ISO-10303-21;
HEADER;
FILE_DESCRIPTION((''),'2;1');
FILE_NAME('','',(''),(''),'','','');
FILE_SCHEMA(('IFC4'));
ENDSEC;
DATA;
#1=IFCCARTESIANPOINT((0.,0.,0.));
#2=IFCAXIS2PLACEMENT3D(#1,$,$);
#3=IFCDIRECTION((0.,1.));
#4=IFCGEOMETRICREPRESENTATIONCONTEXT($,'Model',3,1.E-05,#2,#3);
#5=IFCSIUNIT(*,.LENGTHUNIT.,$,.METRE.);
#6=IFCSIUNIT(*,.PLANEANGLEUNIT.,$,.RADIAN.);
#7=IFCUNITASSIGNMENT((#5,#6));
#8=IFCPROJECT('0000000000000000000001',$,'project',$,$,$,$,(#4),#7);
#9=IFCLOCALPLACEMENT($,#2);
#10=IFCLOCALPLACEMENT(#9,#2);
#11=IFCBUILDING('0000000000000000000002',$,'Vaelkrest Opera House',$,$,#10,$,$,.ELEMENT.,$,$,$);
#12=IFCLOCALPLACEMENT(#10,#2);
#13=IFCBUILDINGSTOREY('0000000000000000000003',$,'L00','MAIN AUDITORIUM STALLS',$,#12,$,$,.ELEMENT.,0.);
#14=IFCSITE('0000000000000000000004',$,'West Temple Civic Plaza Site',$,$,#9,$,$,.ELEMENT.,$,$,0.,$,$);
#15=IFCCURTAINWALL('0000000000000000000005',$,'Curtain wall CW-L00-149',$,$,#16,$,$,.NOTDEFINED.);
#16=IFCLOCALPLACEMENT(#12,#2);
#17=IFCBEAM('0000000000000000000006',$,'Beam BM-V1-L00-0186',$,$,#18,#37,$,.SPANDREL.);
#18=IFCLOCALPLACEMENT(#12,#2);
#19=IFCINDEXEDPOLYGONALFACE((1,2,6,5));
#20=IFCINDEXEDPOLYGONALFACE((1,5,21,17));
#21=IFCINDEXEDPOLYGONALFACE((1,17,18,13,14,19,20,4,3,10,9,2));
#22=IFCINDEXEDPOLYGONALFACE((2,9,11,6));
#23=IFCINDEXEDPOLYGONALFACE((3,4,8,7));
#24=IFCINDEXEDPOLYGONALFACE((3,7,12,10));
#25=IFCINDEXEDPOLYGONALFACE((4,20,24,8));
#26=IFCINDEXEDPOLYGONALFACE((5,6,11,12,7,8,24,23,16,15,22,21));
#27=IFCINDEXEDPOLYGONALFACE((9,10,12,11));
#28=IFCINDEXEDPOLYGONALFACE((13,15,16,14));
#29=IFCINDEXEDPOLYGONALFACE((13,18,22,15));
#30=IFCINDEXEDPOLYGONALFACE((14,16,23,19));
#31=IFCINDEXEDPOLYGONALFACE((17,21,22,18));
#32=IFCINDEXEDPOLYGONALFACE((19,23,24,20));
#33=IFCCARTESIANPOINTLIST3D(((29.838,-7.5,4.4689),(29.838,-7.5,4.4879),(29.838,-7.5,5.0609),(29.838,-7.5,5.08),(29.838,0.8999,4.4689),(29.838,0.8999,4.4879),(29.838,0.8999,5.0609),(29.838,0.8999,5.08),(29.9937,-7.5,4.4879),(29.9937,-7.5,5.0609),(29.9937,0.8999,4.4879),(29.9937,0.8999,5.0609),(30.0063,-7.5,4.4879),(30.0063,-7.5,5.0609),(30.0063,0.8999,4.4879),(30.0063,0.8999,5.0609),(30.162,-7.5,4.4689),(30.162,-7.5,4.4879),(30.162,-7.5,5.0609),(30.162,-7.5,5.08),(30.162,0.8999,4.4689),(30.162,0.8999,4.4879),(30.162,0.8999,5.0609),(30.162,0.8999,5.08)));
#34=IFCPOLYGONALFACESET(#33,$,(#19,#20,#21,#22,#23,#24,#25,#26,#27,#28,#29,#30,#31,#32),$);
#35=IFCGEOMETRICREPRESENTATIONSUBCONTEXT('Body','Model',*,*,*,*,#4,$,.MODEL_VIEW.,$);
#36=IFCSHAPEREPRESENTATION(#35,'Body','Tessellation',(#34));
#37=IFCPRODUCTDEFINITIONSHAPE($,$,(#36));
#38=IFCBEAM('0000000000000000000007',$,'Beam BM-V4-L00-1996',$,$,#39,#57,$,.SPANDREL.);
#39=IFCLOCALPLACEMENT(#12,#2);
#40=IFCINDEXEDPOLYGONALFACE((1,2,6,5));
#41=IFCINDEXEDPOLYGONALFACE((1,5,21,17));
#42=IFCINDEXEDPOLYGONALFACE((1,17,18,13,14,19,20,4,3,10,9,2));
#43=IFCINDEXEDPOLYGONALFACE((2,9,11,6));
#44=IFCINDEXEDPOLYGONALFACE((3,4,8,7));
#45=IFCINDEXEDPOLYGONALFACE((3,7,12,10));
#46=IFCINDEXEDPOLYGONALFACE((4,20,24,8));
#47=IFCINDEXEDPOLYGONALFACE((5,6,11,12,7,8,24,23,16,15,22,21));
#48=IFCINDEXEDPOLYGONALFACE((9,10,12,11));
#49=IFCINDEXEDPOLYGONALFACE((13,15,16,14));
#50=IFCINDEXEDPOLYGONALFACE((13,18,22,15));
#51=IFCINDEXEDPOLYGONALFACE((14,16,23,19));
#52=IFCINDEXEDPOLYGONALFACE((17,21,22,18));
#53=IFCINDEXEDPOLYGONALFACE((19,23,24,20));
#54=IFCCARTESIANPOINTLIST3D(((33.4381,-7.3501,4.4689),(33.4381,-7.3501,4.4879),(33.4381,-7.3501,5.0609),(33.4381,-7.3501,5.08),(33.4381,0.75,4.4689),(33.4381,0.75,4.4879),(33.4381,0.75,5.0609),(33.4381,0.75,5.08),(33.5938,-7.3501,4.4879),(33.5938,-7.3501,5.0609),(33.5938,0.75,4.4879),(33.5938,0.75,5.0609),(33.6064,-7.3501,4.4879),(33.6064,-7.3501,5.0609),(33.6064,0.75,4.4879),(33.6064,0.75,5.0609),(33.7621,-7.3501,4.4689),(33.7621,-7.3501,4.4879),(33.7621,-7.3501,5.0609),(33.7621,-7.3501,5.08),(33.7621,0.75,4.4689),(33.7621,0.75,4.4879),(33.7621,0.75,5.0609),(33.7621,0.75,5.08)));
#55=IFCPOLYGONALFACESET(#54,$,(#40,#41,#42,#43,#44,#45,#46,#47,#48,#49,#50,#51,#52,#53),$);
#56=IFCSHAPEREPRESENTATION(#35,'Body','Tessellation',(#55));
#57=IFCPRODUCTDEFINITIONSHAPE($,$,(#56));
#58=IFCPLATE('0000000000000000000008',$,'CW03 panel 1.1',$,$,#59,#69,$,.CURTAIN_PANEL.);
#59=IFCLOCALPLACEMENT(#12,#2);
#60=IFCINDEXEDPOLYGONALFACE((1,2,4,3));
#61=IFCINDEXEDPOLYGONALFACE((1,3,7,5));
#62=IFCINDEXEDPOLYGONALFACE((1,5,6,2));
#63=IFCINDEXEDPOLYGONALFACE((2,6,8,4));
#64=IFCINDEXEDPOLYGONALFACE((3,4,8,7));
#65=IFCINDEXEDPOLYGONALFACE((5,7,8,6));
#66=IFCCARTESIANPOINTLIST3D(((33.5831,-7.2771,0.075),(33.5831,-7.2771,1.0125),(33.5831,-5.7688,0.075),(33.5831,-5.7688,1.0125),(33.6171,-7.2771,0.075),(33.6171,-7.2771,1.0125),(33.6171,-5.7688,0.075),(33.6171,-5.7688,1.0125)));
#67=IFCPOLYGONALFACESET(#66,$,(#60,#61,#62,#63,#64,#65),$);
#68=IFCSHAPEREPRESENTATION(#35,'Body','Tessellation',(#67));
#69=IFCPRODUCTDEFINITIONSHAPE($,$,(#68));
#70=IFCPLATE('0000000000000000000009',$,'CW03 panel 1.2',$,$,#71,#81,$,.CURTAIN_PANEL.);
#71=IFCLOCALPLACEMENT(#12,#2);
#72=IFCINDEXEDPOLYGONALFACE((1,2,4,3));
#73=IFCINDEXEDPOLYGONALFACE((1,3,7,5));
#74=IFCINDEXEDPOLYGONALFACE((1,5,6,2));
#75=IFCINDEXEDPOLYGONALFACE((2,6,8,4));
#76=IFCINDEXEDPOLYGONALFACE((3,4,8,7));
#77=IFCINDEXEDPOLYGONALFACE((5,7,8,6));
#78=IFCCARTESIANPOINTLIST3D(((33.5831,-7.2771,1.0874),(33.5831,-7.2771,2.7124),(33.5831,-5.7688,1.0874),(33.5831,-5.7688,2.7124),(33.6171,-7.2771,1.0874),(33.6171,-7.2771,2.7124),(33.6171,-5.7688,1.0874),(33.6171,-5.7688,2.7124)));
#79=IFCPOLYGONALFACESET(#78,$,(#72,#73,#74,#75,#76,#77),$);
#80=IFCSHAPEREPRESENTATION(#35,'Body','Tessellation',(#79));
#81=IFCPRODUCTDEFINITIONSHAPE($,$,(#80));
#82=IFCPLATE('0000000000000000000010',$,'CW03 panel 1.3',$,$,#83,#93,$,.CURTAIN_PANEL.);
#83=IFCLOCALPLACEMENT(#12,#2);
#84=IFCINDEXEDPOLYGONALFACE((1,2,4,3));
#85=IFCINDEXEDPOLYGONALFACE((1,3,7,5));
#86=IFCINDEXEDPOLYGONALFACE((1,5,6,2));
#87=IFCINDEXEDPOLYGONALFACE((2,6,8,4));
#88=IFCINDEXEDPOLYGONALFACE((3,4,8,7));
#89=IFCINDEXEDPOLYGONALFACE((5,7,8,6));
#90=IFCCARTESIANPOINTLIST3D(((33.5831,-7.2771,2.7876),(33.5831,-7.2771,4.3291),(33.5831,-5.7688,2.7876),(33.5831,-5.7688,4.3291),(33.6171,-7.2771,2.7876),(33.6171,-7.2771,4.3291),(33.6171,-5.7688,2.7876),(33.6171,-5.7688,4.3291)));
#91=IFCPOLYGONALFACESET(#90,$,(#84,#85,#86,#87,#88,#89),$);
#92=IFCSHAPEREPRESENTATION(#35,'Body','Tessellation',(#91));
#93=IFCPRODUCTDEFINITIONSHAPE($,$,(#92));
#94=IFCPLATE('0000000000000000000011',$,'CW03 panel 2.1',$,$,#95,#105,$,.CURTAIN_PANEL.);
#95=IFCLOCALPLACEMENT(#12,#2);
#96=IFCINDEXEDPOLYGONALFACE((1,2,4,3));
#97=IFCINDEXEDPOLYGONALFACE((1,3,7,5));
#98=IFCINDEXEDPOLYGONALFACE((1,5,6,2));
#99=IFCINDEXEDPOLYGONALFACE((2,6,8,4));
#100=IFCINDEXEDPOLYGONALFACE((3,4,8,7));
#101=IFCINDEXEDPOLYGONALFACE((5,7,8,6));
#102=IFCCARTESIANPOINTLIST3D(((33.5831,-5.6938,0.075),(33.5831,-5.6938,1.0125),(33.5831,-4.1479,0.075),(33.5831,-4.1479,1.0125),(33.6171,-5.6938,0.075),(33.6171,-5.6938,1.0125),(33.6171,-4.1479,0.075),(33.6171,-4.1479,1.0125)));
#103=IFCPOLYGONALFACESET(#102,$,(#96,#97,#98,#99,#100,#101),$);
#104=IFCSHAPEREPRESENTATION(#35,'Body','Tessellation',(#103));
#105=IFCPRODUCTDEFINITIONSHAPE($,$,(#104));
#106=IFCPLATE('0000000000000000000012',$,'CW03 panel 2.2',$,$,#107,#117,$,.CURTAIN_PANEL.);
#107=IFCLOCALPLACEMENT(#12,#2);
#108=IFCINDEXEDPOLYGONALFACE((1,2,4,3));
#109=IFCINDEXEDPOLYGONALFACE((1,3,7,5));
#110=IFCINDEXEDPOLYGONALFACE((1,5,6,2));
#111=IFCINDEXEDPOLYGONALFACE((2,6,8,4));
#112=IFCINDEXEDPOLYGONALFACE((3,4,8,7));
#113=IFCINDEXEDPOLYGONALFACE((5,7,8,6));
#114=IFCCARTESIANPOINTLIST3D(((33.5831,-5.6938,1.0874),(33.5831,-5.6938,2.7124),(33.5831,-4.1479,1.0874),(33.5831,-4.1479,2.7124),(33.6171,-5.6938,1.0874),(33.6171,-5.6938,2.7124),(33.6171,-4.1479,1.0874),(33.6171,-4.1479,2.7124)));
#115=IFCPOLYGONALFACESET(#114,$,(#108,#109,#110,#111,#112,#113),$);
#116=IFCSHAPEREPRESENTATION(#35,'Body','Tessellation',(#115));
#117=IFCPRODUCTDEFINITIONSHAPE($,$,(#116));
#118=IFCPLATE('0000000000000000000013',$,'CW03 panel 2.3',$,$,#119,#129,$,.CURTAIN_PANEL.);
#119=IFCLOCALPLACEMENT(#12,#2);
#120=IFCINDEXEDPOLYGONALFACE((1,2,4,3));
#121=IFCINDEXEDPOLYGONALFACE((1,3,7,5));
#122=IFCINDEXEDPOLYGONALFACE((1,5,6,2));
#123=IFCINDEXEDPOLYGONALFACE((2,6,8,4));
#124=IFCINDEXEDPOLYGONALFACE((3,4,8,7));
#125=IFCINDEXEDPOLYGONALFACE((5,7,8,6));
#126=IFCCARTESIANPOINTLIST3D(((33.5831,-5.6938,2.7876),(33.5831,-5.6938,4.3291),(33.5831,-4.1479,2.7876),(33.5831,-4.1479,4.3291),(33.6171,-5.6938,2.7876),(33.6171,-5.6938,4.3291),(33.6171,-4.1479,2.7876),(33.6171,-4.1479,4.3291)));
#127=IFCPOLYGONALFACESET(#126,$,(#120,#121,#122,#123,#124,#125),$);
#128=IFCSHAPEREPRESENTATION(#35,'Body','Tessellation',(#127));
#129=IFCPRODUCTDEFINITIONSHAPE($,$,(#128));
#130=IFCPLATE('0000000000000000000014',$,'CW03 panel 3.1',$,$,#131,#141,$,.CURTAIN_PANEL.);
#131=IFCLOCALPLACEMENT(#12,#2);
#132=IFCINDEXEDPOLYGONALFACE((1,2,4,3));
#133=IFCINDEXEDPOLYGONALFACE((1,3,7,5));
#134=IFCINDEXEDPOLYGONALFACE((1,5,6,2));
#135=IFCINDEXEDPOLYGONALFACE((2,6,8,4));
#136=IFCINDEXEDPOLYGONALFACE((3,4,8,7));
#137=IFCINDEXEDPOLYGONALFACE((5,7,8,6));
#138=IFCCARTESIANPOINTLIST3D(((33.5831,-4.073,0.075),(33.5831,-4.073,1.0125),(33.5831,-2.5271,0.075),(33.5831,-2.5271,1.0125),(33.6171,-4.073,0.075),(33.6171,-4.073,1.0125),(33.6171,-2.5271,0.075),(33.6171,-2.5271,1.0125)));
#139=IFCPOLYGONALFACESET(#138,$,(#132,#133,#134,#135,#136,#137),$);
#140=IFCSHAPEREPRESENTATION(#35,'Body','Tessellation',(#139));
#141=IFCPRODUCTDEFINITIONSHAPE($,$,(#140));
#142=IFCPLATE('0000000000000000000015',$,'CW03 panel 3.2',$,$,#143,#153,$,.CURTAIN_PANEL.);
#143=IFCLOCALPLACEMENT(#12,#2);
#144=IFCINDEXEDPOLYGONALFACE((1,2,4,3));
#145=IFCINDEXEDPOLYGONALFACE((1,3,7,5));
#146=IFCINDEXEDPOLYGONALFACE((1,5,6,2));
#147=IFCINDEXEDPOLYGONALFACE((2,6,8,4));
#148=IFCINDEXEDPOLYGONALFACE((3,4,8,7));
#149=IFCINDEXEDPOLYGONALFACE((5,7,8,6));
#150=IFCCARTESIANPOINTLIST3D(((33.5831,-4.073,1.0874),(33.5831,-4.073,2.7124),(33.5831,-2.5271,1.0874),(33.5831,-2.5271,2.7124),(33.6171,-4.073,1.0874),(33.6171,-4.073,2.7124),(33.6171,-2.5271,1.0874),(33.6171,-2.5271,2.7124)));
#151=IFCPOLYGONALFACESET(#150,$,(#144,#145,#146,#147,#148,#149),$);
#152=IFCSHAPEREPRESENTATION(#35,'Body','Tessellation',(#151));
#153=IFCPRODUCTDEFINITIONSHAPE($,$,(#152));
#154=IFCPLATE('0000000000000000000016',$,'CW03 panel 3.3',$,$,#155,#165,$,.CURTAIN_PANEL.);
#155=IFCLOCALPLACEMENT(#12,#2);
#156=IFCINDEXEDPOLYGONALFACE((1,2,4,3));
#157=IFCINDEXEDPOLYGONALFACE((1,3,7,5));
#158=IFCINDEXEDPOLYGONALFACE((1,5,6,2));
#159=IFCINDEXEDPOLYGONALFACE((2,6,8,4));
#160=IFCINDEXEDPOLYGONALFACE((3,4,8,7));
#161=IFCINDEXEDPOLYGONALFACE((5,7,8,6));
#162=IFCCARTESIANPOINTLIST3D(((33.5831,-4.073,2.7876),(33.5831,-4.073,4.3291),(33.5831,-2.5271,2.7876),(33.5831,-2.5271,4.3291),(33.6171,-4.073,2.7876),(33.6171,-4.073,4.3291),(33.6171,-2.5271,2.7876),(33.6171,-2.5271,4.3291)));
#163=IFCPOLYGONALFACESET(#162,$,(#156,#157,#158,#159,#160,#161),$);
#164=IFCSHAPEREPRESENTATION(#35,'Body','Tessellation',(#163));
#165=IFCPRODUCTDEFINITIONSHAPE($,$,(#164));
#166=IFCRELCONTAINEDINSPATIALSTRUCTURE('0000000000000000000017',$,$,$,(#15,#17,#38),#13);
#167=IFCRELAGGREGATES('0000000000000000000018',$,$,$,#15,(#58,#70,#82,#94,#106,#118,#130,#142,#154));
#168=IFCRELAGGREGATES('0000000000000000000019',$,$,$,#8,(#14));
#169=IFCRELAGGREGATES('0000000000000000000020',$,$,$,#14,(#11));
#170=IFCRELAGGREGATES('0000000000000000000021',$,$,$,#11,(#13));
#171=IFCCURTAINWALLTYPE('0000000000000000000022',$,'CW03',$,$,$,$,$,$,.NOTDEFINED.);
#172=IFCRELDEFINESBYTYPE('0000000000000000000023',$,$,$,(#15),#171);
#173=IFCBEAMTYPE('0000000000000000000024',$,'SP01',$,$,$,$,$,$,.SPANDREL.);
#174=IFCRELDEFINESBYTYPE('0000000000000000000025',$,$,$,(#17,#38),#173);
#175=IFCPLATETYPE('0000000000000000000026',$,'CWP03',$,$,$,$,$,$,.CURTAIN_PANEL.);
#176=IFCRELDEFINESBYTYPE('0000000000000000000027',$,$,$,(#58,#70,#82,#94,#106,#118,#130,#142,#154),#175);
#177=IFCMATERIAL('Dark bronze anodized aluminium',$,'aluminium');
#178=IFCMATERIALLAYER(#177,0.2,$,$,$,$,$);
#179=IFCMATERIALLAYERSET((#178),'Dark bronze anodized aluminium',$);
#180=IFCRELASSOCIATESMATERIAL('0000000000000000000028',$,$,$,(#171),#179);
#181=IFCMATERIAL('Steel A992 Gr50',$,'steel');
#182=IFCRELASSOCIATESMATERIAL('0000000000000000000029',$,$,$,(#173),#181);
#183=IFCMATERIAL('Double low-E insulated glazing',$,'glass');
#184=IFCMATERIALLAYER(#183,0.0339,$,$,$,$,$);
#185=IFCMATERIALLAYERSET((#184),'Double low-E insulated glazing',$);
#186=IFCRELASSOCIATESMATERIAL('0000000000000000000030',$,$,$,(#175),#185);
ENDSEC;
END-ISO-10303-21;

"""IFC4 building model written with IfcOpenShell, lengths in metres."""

from ifc_helpers import new_model, si_unit, direction, frame, origin, origin_2d, place, context, subcontext, project, spatial, rectangle, i_section, extrude, material, layer, layer_set, material_profile, profile_set, type_object, element, aggregate, save


model = new_model("IFC4")

# Units and contexts
model_context = context("Model", 3, precision=1e-05, world=origin(), true_north=direction((0.0, 1.0)))
body_context = subcontext(model_context, "Body", "Model", "MODEL_VIEW")
ifc_project = project(units=[si_unit("LENGTHUNIT", "METRE"), si_unit("PLANEANGLEUNIT", "RADIAN")], contexts=[model_context])

# Site, building, storey
site_placement = place(None, origin())
site = spatial("IfcSite", under=ifc_project, at=site_placement, Name="West Temple Civic Plaza Site", CompositionType="ELEMENT", RefElevation=0.0)
building_placement = place(site_placement, origin())
building = spatial("IfcBuilding", under=site, at=building_placement, Name="Vaelkrest Opera House", CompositionType="ELEMENT")
storey_placement = place(building_placement, origin())
storey = spatial("IfcBuildingStorey", under=building, at=storey_placement, Name="L00", Description="MAIN AUDITORIUM STALLS", CompositionType="ELEMENT", Elevation=0.0)

# Shared definitions
ifc_material_1 = material(Name="Steel A992 Gr50", Category="steel")

# Curtain wall
ifc_material_2 = material(Name="Dark bronze anodized aluminium", Category="aluminium")
ifc_layer_1 = layer(ifc_material_2, 0.2)
ifc_layer_set_1 = layer_set([ifc_layer_1], Name="Dark bronze anodized aluminium")
curtain_wall_type = type_object("IfcCurtainWallType", Name="CW03", PredefinedType="NOTDEFINED", material=ifc_layer_set_1)
curtain_wall_placement = place(storey_placement, origin())
curtain_wall = element("IfcCurtainWall", 1, at=curtain_wall_placement, inside=storey, type_object=curtain_wall_type, Name="Curtain wall CW-L00-149", PredefinedType="NOTDEFINED")

# Beams
ifc_material_profile_1 = material_profile(ifc_material_1, i_section(OverallWidth=0.324, OverallDepth=0.6111, WebThickness=0.0127, FlangeThickness=0.019, at=origin_2d()), Name="W24X104")
ifc_profile_set_1 = profile_set([ifc_material_profile_1], Name="Steel A992 Gr50")
beam_type_1 = type_object("IfcBeamType", Name="SP01", PredefinedType="SPANDREL", material=ifc_profile_set_1)
beam_1_placement = place(storey_placement, frame((30.0, -7.5, 4.7744), z_axis=(0.0, 1.0, 0.0), x_axis=(-1.0, 0.0, 0.0)))
element("IfcBeam", 2, at=beam_1_placement, inside=storey, type_object=beam_type_1, Name="Beam BM-V1-L00-0186", PredefinedType="SPANDREL", context=body_context, shape_type="SweptSolid", body=[
    extrude(i_section(OverallWidth=0.324, OverallDepth=0.6111, WebThickness=0.0127, FlangeThickness=0.019, at=origin_2d()), origin(), (0.0, 0.0, 1.0), 8.3999),
])
beam_2_placement = place(storey_placement, frame((33.6001, -7.3501, 4.7744), z_axis=(0.0, 1.0, 0.0), x_axis=(-1.0, 0.0, 0.0)))
element("IfcBeam", 3, at=beam_2_placement, inside=storey, type_object=beam_type_1, Name="Beam BM-V4-L00-1996", PredefinedType="SPANDREL", context=body_context, shape_type="SweptSolid", body=[
    extrude(i_section(OverallWidth=0.324, OverallDepth=0.6111, WebThickness=0.0127, FlangeThickness=0.019, at=origin_2d()), origin(), (0.0, 0.0, 1.0), 8.1001),
])

# Plates
ifc_material_3 = material(Name="Double low-E insulated glazing", Category="glass")
ifc_layer_2 = layer(ifc_material_3, 0.0339)
ifc_layer_set_2 = layer_set([ifc_layer_2], Name="Double low-E insulated glazing")
plate_type = type_object("IfcPlateType", Name="CWP03", PredefinedType="CURTAIN_PANEL", material=ifc_layer_set_2)
plate_1_placement = place(storey_placement, frame((33.6001, -6.5229, 0.075), z_axis=(0.0, 0.0, 1.0), x_axis=(0.0, 1.0, 0.0)))
plate_1 = element("IfcPlate", 4, at=plate_1_placement, type_object=plate_type, Name="CW03 panel 1.1", PredefinedType="CURTAIN_PANEL", context=body_context, shape_type="SweptSolid", body=[
    extrude(rectangle(XDim=1.5083, YDim=0.0339, at=origin_2d()), origin(), (0.0, 0.0, 1.0), 0.9375),
])
plate_2_placement = place(storey_placement, frame((33.6001, -6.5229, 1.0874), z_axis=(0.0, 0.0, 1.0), x_axis=(0.0, 1.0, 0.0)))
plate_2 = element("IfcPlate", 5, at=plate_2_placement, type_object=plate_type, Name="CW03 panel 1.2", PredefinedType="CURTAIN_PANEL", context=body_context, shape_type="SweptSolid", body=[
    extrude(rectangle(XDim=1.5083, YDim=0.0339, at=origin_2d()), origin(), (0.0, 0.0, 1.0), 1.625),
])
plate_3_placement = place(storey_placement, frame((33.6001, -6.5229, 2.7876), z_axis=(0.0, 0.0, 1.0), x_axis=(0.0, 1.0, 0.0)))
plate_3 = element("IfcPlate", 6, at=plate_3_placement, type_object=plate_type, Name="CW03 panel 1.3", PredefinedType="CURTAIN_PANEL", context=body_context, shape_type="SweptSolid", body=[
    extrude(rectangle(XDim=1.5083, YDim=0.0339, at=origin_2d()), origin(), (0.0, 0.0, 1.0), 1.5415),
])
plate_4_placement = place(storey_placement, frame((33.6001, -4.9209, 0.075), z_axis=(0.0, 0.0, 1.0), x_axis=(0.0, 1.0, 0.0)))
plate_4 = element("IfcPlate", 7, at=plate_4_placement, type_object=plate_type, Name="CW03 panel 2.1", PredefinedType="CURTAIN_PANEL", context=body_context, shape_type="SweptSolid", body=[
    extrude(rectangle(XDim=1.5459, YDim=0.0339, at=origin_2d()), origin(), (0.0, 0.0, 1.0), 0.9375),
])
plate_5_placement = place(storey_placement, frame((33.6001, -4.9209, 1.0874), z_axis=(0.0, 0.0, 1.0), x_axis=(0.0, 1.0, 0.0)))
plate_5 = element("IfcPlate", 8, at=plate_5_placement, type_object=plate_type, Name="CW03 panel 2.2", PredefinedType="CURTAIN_PANEL", context=body_context, shape_type="SweptSolid", body=[
    extrude(rectangle(XDim=1.5459, YDim=0.0339, at=origin_2d()), origin(), (0.0, 0.0, 1.0), 1.625),
])
plate_6_placement = place(storey_placement, frame((33.6001, -4.9209, 2.7876), z_axis=(0.0, 0.0, 1.0), x_axis=(0.0, 1.0, 0.0)))
plate_6 = element("IfcPlate", 9, at=plate_6_placement, type_object=plate_type, Name="CW03 panel 2.3", PredefinedType="CURTAIN_PANEL", context=body_context, shape_type="SweptSolid", body=[
    extrude(rectangle(XDim=1.5459, YDim=0.0339, at=origin_2d()), origin(), (0.0, 0.0, 1.0), 1.5415),
])
plate_7_placement = place(storey_placement, frame((33.6001, -3.3, 0.075), z_axis=(0.0, 0.0, 1.0), x_axis=(0.0, 1.0, 0.0)))
plate_7 = element("IfcPlate", 10, at=plate_7_placement, type_object=plate_type, Name="CW03 panel 3.1", PredefinedType="CURTAIN_PANEL", context=body_context, shape_type="SweptSolid", body=[
    extrude(rectangle(XDim=1.5459, YDim=0.0339, at=origin_2d()), origin(), (0.0, 0.0, 1.0), 0.9375),
])
plate_8_placement = place(storey_placement, frame((33.6001, -3.3, 1.0874), z_axis=(0.0, 0.0, 1.0), x_axis=(0.0, 1.0, 0.0)))
plate_8 = element("IfcPlate", 11, at=plate_8_placement, type_object=plate_type, Name="CW03 panel 3.2", PredefinedType="CURTAIN_PANEL", context=body_context, shape_type="SweptSolid", body=[
    extrude(rectangle(XDim=1.5459, YDim=0.0339, at=origin_2d()), origin(), (0.0, 0.0, 1.0), 1.625),
])
plate_9_placement = place(storey_placement, frame((33.6001, -3.3, 2.7876), z_axis=(0.0, 0.0, 1.0), x_axis=(0.0, 1.0, 0.0)))
plate_9 = element("IfcPlate", 12, at=plate_9_placement, type_object=plate_type, Name="CW03 panel 3.3", PredefinedType="CURTAIN_PANEL", context=body_context, shape_type="SweptSolid", body=[
    extrude(rectangle(XDim=1.5459, YDim=0.0339, at=origin_2d()), origin(), (0.0, 0.0, 1.0), 1.5415),
])
aggregate(curtain_wall, [plate_1, plate_2, plate_3, plate_4, plate_5, plate_6, plate_7, plate_8, plate_9])

save(model, "model.ifc")
